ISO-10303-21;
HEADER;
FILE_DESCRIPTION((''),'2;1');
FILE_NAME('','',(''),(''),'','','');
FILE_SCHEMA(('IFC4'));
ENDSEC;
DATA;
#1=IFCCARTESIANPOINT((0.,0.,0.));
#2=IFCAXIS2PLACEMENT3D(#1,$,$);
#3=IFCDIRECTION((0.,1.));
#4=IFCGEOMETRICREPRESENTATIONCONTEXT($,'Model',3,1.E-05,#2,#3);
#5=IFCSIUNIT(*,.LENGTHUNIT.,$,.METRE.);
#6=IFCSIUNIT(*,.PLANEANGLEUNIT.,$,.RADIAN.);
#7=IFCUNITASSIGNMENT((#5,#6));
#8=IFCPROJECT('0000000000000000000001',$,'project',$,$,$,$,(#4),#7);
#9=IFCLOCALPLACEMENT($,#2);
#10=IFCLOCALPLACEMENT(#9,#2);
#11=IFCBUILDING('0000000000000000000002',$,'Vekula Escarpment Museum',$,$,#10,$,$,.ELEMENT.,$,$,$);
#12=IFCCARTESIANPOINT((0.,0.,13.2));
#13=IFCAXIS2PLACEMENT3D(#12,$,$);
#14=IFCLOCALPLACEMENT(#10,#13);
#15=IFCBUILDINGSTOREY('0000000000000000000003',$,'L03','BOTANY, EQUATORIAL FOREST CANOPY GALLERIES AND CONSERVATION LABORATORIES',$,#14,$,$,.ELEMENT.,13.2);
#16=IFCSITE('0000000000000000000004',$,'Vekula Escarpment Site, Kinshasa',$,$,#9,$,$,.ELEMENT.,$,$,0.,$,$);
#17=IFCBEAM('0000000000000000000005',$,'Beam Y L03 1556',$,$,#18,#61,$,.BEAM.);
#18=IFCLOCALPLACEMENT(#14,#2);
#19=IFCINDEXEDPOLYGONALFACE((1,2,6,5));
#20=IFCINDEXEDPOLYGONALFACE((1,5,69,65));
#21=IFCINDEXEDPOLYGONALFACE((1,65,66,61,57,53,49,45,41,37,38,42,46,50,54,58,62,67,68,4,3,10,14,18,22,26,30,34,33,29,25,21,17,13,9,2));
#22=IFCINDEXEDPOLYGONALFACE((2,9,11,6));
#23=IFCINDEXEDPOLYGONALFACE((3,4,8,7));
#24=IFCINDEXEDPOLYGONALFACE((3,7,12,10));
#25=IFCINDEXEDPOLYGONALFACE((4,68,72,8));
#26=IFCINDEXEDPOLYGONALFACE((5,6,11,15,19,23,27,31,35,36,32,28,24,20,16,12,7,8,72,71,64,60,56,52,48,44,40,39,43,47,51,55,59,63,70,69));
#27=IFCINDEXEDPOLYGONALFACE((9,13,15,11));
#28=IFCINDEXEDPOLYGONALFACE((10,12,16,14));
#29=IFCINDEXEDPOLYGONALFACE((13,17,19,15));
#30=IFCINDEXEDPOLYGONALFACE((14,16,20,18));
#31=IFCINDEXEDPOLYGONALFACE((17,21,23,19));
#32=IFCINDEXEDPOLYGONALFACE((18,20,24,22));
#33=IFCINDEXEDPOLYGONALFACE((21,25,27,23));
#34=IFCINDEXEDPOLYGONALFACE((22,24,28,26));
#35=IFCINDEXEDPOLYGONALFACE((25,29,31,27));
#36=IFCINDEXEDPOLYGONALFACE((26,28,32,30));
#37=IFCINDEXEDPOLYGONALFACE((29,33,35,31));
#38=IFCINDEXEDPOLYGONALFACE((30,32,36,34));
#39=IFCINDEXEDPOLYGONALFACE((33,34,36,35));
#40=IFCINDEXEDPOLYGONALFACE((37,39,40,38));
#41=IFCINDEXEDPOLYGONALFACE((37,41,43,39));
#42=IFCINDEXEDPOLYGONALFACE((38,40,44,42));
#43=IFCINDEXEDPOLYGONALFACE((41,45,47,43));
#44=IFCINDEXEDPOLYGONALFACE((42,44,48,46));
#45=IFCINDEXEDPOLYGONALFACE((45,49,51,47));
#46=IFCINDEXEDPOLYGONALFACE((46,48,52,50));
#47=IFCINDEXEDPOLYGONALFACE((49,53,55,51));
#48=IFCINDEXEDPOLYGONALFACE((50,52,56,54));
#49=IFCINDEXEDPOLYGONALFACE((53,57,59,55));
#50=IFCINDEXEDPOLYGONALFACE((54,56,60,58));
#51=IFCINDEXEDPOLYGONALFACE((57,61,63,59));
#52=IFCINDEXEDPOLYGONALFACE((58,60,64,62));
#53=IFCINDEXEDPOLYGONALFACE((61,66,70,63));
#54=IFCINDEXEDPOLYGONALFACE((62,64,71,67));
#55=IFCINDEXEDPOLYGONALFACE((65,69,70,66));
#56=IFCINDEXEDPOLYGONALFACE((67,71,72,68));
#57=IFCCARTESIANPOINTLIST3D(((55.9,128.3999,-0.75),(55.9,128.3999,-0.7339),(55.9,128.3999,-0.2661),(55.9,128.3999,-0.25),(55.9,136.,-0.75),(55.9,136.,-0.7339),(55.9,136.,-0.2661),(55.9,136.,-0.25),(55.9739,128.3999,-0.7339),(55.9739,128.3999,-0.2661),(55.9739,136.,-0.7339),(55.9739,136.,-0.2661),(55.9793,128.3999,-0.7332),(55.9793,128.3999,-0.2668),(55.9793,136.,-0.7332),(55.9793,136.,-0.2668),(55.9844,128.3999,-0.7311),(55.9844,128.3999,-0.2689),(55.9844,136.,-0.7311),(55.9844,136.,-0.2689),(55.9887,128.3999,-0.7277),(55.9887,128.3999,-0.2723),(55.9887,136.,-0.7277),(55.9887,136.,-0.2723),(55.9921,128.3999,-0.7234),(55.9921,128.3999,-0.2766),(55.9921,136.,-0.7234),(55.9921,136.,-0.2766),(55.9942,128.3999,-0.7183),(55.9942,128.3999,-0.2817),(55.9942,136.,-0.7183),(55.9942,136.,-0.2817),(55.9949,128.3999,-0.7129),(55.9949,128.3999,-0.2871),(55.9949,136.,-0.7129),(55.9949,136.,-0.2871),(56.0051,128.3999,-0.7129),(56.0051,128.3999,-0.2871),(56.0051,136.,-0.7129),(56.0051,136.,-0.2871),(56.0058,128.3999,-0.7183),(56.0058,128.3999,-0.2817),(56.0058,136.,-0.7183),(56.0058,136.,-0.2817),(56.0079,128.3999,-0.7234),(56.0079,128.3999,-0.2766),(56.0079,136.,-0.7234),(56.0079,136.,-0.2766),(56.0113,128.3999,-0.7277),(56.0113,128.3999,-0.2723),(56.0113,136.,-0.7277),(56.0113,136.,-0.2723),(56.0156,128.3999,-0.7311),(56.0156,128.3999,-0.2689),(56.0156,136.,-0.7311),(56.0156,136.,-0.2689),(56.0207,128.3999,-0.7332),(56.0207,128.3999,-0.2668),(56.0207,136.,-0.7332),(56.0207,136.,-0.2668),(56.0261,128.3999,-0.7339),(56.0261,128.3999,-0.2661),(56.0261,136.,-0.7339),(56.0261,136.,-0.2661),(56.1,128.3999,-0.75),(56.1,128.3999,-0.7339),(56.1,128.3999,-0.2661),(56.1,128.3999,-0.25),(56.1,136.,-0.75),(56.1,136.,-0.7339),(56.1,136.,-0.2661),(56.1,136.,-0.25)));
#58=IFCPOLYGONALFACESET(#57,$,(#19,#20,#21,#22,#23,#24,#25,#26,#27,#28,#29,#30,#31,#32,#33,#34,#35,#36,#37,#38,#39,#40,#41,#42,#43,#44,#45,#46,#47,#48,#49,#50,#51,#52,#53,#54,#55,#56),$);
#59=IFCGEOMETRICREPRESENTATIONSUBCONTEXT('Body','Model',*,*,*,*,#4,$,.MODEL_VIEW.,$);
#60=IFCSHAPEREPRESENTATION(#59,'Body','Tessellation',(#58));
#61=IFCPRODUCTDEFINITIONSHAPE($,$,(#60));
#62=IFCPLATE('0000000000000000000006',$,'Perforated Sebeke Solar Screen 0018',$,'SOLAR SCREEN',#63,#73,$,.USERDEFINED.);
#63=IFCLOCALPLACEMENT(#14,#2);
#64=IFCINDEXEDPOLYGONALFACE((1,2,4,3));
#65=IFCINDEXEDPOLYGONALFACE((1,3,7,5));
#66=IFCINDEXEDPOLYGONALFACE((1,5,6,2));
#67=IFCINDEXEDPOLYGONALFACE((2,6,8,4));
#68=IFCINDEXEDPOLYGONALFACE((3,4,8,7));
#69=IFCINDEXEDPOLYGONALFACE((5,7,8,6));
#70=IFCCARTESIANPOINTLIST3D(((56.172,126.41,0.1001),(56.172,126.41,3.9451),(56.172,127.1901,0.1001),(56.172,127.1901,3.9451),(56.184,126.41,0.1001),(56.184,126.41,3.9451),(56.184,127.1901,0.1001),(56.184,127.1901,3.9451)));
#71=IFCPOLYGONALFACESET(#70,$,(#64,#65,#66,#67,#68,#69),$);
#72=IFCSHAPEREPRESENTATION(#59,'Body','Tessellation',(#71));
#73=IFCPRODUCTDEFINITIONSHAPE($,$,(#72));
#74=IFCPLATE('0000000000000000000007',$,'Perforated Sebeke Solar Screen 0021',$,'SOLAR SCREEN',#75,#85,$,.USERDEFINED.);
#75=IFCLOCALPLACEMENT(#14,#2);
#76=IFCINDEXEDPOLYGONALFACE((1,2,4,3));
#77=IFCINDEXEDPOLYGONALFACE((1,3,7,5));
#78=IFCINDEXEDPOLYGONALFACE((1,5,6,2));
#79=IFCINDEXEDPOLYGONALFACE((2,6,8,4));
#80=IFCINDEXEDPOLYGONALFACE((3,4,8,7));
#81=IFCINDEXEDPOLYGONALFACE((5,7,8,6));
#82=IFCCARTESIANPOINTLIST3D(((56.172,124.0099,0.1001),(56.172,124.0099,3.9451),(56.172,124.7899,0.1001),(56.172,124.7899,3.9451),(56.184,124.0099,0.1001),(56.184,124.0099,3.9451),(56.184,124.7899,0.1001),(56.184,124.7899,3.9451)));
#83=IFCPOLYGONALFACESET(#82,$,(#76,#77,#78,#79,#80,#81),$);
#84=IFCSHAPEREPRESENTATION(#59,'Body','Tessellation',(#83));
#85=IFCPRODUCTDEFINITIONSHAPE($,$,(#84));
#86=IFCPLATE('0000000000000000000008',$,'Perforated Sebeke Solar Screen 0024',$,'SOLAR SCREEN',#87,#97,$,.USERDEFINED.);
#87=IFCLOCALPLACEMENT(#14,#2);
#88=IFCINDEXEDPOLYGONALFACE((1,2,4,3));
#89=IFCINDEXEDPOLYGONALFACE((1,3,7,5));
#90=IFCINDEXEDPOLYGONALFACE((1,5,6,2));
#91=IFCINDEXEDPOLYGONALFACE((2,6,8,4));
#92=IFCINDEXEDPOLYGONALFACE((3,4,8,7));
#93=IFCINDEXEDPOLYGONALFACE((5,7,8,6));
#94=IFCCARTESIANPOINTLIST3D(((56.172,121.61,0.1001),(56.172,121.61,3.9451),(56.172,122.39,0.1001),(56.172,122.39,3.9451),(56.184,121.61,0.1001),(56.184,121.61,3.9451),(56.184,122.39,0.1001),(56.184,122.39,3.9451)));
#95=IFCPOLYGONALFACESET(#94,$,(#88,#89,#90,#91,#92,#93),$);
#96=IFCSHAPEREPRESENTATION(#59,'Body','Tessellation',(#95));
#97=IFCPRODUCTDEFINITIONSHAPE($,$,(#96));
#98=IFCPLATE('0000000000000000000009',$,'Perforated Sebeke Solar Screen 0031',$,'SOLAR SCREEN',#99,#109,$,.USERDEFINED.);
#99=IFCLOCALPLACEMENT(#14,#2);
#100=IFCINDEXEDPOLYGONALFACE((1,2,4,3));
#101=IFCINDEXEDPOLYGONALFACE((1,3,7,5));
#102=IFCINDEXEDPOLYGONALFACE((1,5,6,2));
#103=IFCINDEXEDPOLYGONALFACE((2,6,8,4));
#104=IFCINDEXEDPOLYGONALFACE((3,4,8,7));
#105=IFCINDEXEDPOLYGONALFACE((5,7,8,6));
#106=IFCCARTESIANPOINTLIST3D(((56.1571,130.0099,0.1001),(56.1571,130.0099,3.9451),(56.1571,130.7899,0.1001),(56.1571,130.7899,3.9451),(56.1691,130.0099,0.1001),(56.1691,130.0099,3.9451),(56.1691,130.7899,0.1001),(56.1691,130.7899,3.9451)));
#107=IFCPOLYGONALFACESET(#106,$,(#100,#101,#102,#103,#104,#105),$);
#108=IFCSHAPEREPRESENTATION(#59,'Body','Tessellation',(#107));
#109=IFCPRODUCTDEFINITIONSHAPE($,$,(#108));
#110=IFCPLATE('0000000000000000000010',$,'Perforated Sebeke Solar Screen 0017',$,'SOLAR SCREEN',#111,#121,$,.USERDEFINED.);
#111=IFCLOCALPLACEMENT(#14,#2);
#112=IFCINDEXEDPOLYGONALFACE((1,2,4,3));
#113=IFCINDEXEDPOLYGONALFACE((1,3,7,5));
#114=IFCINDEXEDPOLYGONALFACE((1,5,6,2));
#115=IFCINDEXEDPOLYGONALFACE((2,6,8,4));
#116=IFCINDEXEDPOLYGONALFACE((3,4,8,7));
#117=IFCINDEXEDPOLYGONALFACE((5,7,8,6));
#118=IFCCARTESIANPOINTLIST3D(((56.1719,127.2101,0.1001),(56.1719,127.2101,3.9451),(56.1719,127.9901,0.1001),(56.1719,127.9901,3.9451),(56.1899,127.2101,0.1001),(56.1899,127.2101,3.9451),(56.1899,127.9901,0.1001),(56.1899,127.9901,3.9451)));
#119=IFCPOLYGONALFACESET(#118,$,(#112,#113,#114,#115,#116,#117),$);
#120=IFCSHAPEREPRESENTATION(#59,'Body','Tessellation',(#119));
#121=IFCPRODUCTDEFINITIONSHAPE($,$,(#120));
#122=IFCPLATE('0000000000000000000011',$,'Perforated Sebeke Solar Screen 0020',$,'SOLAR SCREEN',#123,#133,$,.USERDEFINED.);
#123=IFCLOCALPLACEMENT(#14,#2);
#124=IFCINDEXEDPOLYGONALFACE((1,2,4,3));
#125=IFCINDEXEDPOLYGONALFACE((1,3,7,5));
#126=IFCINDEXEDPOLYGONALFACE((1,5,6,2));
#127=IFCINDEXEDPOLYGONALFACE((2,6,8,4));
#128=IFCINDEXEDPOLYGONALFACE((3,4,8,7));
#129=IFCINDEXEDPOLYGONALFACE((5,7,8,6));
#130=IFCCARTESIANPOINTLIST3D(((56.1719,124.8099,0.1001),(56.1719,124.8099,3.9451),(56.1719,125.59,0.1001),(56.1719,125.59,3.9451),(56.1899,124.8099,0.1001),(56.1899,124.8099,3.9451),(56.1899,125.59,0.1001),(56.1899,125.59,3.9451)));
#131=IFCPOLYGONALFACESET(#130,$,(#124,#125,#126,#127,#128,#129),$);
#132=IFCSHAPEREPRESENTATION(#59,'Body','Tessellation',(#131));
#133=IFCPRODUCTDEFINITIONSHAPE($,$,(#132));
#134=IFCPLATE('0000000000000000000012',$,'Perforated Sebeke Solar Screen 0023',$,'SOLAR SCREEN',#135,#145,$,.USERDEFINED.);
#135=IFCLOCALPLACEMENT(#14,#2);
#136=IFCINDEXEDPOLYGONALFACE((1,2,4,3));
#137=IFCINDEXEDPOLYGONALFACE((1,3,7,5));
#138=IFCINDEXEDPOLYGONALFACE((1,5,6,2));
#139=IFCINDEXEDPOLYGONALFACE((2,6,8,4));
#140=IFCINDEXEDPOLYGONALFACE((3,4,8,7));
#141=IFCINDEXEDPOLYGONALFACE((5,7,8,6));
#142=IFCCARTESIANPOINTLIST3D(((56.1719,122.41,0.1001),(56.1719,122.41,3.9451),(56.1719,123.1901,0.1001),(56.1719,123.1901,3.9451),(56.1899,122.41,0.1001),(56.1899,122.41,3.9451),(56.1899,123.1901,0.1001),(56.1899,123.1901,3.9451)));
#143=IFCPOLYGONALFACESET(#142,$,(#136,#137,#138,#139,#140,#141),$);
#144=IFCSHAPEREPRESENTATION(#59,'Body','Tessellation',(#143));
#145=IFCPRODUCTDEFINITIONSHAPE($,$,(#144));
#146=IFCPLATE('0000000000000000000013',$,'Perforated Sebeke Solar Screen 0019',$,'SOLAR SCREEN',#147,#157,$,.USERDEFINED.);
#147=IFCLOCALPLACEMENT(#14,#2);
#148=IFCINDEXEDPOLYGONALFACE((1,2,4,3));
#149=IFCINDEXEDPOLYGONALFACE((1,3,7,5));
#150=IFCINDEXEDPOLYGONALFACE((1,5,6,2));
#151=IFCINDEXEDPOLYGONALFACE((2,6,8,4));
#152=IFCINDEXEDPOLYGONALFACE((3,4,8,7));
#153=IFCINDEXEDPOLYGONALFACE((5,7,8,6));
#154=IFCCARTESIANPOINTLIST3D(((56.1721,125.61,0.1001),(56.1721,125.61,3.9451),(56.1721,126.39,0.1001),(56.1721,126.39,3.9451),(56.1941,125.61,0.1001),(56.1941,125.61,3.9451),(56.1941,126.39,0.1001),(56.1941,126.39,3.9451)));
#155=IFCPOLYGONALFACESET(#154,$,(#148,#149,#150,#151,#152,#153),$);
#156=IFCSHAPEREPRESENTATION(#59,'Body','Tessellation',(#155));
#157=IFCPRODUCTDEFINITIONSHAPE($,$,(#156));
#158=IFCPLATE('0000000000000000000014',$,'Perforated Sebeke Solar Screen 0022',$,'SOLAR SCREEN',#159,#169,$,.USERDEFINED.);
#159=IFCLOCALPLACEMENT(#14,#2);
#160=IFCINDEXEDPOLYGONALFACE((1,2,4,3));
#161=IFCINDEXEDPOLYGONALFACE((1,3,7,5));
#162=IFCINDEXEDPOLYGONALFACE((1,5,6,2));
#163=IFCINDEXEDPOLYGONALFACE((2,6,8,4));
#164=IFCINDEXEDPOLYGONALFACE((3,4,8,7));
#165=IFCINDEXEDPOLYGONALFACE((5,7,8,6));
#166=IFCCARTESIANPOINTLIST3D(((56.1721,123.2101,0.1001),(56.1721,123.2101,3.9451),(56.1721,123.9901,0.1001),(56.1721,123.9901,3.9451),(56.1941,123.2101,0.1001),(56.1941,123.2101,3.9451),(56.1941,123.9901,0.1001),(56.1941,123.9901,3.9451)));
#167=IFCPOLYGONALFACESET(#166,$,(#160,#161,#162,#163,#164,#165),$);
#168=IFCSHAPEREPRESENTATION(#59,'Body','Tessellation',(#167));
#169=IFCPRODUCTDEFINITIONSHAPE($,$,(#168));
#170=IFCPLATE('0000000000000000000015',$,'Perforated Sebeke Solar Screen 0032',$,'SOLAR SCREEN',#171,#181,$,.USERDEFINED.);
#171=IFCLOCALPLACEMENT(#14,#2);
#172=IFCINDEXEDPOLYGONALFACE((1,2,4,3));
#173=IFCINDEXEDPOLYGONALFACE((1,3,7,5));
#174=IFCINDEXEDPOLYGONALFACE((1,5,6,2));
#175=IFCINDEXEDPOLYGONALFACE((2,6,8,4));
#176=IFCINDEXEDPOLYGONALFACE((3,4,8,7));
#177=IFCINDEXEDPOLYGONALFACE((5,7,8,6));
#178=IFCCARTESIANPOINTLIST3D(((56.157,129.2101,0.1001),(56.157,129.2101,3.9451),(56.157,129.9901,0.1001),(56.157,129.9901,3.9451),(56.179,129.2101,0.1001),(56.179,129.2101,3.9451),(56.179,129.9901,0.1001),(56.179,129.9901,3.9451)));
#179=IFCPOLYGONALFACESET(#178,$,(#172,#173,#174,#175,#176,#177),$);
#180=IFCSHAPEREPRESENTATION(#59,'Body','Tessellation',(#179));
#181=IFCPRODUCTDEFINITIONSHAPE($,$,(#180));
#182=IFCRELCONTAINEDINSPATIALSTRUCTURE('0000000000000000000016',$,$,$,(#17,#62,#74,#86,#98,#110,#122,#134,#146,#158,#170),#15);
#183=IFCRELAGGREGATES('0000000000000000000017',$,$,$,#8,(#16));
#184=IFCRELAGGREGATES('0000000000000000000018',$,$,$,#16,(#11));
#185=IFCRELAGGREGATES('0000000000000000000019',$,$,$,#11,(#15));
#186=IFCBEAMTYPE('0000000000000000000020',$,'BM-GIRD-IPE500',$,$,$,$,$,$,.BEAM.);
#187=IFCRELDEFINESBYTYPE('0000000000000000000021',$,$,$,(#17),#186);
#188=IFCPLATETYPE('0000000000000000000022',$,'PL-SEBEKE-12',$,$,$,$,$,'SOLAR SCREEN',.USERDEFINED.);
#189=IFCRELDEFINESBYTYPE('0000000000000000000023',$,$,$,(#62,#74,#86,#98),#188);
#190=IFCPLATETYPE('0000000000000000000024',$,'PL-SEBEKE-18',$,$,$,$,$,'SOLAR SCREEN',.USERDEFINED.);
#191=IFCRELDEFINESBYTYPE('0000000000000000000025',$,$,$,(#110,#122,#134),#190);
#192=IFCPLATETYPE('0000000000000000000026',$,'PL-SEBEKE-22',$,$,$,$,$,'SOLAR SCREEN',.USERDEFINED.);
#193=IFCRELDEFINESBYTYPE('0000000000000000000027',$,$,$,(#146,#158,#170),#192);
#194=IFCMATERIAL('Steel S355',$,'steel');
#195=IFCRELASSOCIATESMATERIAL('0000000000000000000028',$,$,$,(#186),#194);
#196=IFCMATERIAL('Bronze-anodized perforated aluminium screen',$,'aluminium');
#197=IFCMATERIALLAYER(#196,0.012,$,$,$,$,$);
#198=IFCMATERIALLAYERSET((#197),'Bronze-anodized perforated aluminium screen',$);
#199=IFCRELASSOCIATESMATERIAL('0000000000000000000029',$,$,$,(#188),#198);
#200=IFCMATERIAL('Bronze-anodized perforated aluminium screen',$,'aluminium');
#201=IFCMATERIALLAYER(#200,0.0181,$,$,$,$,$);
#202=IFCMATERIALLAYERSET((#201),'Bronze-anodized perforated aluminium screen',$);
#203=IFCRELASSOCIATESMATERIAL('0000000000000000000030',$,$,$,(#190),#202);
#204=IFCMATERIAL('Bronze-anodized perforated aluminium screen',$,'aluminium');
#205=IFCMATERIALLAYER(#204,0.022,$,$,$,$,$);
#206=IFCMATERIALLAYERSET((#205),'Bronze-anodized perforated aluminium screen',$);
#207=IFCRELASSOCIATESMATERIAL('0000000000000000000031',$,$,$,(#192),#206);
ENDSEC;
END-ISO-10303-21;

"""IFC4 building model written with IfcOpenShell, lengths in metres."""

from ifc_helpers import new_model, si_unit, direction, frame, origin, origin_2d, place, context, subcontext, project, spatial, rectangle, i_section, extrude, material, layer, layer_set, material_profile, profile_set, type_object, element, save


model = new_model("IFC4")

# Units and contexts
model_context = context("Model", 3, precision=1e-05, world=origin(), true_north=direction((0.0, 1.0)))
body_context = subcontext(model_context, "Body", "Model", "MODEL_VIEW")
ifc_project = project(units=[si_unit("LENGTHUNIT", "METRE"), si_unit("PLANEANGLEUNIT", "RADIAN")], contexts=[model_context])

# Site, building, storey
site_placement = place(None, origin())
site = spatial("IfcSite", under=ifc_project, at=site_placement, Name="Vekula Escarpment Site, Kinshasa", CompositionType="ELEMENT", RefElevation=0.0)
building_placement = place(site_placement, origin())
building = spatial("IfcBuilding", under=site, at=building_placement, Name="Vekula Escarpment Museum", CompositionType="ELEMENT")
storey_placement = place(building_placement, frame((0.0, 0.0, 13.2)))
storey = spatial("IfcBuildingStorey", under=building, at=storey_placement, Name="L03", Description="BOTANY, EQUATORIAL FOREST CANOPY GALLERIES AND CONSERVATION LABORATORIES", CompositionType="ELEMENT", Elevation=13.2)

# Beam
ifc_material_1 = material(Name="Steel S355", Category="steel")
ifc_material_profile_1 = material_profile(ifc_material_1, i_section(OverallWidth=0.2, OverallDepth=0.5, WebThickness=0.0103, FlangeThickness=0.0161, FilletRadius=0.021, at=origin_2d()), Name="IPE 500")
ifc_profile_set_1 = profile_set([ifc_material_profile_1], Name="Steel S355")
beam_type = type_object("IfcBeamType", Name="BM-GIRD-IPE500", PredefinedType="BEAM", material=ifc_profile_set_1)
beam_1_placement = place(storey_placement, frame((56.0, 128.3999, -0.5), z_axis=(0.0, 1.0, 0.0), x_axis=(-1.0, 0.0, 0.0)))
element("IfcBeam", 1, at=beam_1_placement, inside=storey, type_object=beam_type, Name="Beam Y L03 1556", PredefinedType="BEAM", context=body_context, shape_type="SweptSolid", body=[
    extrude(i_section(OverallWidth=0.2, OverallDepth=0.5, WebThickness=0.0103, FlangeThickness=0.0161, FilletRadius=0.021, at=origin_2d()), origin(), (0.0, 0.0, 1.0), 7.6001),
])

# Plates
ifc_material_2 = material(Name="Bronze-anodized perforated aluminium screen", Category="aluminium")
ifc_layer_1 = layer(ifc_material_2, 0.012)
ifc_layer_set_1 = layer_set([ifc_layer_1], Name="Bronze-anodized perforated aluminium screen")
plate_type_1 = type_object("IfcPlateType", Name="PL-SEBEKE-12", ElementType="SOLAR SCREEN", PredefinedType="USERDEFINED", material=ifc_layer_set_1)
for number, where, z_axis, x_axis, name in (
    (2, (56.178, 126.8, 0.1001), (0.0, 0.0, 1.0), (0.0, 1.0, 0.0), "Perforated Sebeke Solar Screen 0018"),
    (3, (56.178, 124.3999, 0.1001), (0.0, 0.0, 1.0), (0.0, 1.0, 0.0), "Perforated Sebeke Solar Screen 0021"),
    (4, (56.178, 122.0, 0.1001), (0.0, 0.0, 1.0), (0.0, 1.0, 0.0), "Perforated Sebeke Solar Screen 0024"),
    (5, (56.1631, 130.3999, 0.1001), (0.0, 0.0, 1.0), (0.0, 1.0, 0.0), "Perforated Sebeke Solar Screen 0031"),
):
    element("IfcPlate", number, at=place(storey_placement, frame(where, z_axis=z_axis, x_axis=x_axis)), inside=storey, type_object=plate_type_1, Name=name, ObjectType="SOLAR SCREEN", PredefinedType="USERDEFINED", context=body_context, shape_type="SweptSolid", body=[
        extrude(rectangle(XDim=0.78, YDim=0.012, at=origin_2d()), origin(), (0.0, 0.0, 1.0), 3.845),
    ])
ifc_material_3 = material(Name="Bronze-anodized perforated aluminium screen", Category="aluminium")
ifc_layer_2 = layer(ifc_material_3, 0.0181)
ifc_layer_set_2 = layer_set([ifc_layer_2], Name="Bronze-anodized perforated aluminium screen")
plate_type_2 = type_object("IfcPlateType", Name="PL-SEBEKE-18", ElementType="SOLAR SCREEN", PredefinedType="USERDEFINED", material=ifc_layer_set_2)
for number, where, z_axis, x_axis, name in (
    (6, (56.1809, 127.6001, 0.1001), (0.0, 0.0, 1.0), (0.0, 1.0, 0.0), "Perforated Sebeke Solar Screen 0017"),
    (7, (56.1809, 125.2, 0.1001), (0.0, 0.0, 1.0), (0.0, 1.0, 0.0), "Perforated Sebeke Solar Screen 0020"),
    (8, (56.1809, 122.8, 0.1001), (0.0, 0.0, 1.0), (0.0, 1.0, 0.0), "Perforated Sebeke Solar Screen 0023"),
):
    element("IfcPlate", number, at=place(storey_placement, frame(where, z_axis=z_axis, x_axis=x_axis)), inside=storey, type_object=plate_type_2, Name=name, ObjectType="SOLAR SCREEN", PredefinedType="USERDEFINED", context=body_context, shape_type="SweptSolid", body=[
        extrude(rectangle(XDim=0.78, YDim=0.0181, at=origin_2d()), origin(), (0.0, 0.0, 1.0), 3.845),
    ])
ifc_material_4 = material(Name="Bronze-anodized perforated aluminium screen", Category="aluminium")
ifc_layer_3 = layer(ifc_material_4, 0.022)
ifc_layer_set_3 = layer_set([ifc_layer_3], Name="Bronze-anodized perforated aluminium screen")
plate_type_3 = type_object("IfcPlateType", Name="PL-SEBEKE-22", ElementType="SOLAR SCREEN", PredefinedType="USERDEFINED", material=ifc_layer_set_3)
for number, where, z_axis, x_axis, name in (
    (9, (56.1831, 126.0, 0.1001), (0.0, 0.0, 1.0), (0.0, 1.0, 0.0), "Perforated Sebeke Solar Screen 0019"),
    (10, (56.1831, 123.6001, 0.1001), (0.0, 0.0, 1.0), (0.0, 1.0, 0.0), "Perforated Sebeke Solar Screen 0022"),
    (11, (56.168, 129.6001, 0.1001), (0.0, 0.0, 1.0), (0.0, 1.0, 0.0), "Perforated Sebeke Solar Screen 0032"),
):
    element("IfcPlate", number, at=place(storey_placement, frame(where, z_axis=z_axis, x_axis=x_axis)), inside=storey, type_object=plate_type_3, Name=name, ObjectType="SOLAR SCREEN", PredefinedType="USERDEFINED", context=body_context, shape_type="SweptSolid", body=[
        extrude(rectangle(XDim=0.78, YDim=0.022, at=origin_2d()), origin(), (0.0, 0.0, 1.0), 3.845),
    ])

save(model, "model.ifc")
